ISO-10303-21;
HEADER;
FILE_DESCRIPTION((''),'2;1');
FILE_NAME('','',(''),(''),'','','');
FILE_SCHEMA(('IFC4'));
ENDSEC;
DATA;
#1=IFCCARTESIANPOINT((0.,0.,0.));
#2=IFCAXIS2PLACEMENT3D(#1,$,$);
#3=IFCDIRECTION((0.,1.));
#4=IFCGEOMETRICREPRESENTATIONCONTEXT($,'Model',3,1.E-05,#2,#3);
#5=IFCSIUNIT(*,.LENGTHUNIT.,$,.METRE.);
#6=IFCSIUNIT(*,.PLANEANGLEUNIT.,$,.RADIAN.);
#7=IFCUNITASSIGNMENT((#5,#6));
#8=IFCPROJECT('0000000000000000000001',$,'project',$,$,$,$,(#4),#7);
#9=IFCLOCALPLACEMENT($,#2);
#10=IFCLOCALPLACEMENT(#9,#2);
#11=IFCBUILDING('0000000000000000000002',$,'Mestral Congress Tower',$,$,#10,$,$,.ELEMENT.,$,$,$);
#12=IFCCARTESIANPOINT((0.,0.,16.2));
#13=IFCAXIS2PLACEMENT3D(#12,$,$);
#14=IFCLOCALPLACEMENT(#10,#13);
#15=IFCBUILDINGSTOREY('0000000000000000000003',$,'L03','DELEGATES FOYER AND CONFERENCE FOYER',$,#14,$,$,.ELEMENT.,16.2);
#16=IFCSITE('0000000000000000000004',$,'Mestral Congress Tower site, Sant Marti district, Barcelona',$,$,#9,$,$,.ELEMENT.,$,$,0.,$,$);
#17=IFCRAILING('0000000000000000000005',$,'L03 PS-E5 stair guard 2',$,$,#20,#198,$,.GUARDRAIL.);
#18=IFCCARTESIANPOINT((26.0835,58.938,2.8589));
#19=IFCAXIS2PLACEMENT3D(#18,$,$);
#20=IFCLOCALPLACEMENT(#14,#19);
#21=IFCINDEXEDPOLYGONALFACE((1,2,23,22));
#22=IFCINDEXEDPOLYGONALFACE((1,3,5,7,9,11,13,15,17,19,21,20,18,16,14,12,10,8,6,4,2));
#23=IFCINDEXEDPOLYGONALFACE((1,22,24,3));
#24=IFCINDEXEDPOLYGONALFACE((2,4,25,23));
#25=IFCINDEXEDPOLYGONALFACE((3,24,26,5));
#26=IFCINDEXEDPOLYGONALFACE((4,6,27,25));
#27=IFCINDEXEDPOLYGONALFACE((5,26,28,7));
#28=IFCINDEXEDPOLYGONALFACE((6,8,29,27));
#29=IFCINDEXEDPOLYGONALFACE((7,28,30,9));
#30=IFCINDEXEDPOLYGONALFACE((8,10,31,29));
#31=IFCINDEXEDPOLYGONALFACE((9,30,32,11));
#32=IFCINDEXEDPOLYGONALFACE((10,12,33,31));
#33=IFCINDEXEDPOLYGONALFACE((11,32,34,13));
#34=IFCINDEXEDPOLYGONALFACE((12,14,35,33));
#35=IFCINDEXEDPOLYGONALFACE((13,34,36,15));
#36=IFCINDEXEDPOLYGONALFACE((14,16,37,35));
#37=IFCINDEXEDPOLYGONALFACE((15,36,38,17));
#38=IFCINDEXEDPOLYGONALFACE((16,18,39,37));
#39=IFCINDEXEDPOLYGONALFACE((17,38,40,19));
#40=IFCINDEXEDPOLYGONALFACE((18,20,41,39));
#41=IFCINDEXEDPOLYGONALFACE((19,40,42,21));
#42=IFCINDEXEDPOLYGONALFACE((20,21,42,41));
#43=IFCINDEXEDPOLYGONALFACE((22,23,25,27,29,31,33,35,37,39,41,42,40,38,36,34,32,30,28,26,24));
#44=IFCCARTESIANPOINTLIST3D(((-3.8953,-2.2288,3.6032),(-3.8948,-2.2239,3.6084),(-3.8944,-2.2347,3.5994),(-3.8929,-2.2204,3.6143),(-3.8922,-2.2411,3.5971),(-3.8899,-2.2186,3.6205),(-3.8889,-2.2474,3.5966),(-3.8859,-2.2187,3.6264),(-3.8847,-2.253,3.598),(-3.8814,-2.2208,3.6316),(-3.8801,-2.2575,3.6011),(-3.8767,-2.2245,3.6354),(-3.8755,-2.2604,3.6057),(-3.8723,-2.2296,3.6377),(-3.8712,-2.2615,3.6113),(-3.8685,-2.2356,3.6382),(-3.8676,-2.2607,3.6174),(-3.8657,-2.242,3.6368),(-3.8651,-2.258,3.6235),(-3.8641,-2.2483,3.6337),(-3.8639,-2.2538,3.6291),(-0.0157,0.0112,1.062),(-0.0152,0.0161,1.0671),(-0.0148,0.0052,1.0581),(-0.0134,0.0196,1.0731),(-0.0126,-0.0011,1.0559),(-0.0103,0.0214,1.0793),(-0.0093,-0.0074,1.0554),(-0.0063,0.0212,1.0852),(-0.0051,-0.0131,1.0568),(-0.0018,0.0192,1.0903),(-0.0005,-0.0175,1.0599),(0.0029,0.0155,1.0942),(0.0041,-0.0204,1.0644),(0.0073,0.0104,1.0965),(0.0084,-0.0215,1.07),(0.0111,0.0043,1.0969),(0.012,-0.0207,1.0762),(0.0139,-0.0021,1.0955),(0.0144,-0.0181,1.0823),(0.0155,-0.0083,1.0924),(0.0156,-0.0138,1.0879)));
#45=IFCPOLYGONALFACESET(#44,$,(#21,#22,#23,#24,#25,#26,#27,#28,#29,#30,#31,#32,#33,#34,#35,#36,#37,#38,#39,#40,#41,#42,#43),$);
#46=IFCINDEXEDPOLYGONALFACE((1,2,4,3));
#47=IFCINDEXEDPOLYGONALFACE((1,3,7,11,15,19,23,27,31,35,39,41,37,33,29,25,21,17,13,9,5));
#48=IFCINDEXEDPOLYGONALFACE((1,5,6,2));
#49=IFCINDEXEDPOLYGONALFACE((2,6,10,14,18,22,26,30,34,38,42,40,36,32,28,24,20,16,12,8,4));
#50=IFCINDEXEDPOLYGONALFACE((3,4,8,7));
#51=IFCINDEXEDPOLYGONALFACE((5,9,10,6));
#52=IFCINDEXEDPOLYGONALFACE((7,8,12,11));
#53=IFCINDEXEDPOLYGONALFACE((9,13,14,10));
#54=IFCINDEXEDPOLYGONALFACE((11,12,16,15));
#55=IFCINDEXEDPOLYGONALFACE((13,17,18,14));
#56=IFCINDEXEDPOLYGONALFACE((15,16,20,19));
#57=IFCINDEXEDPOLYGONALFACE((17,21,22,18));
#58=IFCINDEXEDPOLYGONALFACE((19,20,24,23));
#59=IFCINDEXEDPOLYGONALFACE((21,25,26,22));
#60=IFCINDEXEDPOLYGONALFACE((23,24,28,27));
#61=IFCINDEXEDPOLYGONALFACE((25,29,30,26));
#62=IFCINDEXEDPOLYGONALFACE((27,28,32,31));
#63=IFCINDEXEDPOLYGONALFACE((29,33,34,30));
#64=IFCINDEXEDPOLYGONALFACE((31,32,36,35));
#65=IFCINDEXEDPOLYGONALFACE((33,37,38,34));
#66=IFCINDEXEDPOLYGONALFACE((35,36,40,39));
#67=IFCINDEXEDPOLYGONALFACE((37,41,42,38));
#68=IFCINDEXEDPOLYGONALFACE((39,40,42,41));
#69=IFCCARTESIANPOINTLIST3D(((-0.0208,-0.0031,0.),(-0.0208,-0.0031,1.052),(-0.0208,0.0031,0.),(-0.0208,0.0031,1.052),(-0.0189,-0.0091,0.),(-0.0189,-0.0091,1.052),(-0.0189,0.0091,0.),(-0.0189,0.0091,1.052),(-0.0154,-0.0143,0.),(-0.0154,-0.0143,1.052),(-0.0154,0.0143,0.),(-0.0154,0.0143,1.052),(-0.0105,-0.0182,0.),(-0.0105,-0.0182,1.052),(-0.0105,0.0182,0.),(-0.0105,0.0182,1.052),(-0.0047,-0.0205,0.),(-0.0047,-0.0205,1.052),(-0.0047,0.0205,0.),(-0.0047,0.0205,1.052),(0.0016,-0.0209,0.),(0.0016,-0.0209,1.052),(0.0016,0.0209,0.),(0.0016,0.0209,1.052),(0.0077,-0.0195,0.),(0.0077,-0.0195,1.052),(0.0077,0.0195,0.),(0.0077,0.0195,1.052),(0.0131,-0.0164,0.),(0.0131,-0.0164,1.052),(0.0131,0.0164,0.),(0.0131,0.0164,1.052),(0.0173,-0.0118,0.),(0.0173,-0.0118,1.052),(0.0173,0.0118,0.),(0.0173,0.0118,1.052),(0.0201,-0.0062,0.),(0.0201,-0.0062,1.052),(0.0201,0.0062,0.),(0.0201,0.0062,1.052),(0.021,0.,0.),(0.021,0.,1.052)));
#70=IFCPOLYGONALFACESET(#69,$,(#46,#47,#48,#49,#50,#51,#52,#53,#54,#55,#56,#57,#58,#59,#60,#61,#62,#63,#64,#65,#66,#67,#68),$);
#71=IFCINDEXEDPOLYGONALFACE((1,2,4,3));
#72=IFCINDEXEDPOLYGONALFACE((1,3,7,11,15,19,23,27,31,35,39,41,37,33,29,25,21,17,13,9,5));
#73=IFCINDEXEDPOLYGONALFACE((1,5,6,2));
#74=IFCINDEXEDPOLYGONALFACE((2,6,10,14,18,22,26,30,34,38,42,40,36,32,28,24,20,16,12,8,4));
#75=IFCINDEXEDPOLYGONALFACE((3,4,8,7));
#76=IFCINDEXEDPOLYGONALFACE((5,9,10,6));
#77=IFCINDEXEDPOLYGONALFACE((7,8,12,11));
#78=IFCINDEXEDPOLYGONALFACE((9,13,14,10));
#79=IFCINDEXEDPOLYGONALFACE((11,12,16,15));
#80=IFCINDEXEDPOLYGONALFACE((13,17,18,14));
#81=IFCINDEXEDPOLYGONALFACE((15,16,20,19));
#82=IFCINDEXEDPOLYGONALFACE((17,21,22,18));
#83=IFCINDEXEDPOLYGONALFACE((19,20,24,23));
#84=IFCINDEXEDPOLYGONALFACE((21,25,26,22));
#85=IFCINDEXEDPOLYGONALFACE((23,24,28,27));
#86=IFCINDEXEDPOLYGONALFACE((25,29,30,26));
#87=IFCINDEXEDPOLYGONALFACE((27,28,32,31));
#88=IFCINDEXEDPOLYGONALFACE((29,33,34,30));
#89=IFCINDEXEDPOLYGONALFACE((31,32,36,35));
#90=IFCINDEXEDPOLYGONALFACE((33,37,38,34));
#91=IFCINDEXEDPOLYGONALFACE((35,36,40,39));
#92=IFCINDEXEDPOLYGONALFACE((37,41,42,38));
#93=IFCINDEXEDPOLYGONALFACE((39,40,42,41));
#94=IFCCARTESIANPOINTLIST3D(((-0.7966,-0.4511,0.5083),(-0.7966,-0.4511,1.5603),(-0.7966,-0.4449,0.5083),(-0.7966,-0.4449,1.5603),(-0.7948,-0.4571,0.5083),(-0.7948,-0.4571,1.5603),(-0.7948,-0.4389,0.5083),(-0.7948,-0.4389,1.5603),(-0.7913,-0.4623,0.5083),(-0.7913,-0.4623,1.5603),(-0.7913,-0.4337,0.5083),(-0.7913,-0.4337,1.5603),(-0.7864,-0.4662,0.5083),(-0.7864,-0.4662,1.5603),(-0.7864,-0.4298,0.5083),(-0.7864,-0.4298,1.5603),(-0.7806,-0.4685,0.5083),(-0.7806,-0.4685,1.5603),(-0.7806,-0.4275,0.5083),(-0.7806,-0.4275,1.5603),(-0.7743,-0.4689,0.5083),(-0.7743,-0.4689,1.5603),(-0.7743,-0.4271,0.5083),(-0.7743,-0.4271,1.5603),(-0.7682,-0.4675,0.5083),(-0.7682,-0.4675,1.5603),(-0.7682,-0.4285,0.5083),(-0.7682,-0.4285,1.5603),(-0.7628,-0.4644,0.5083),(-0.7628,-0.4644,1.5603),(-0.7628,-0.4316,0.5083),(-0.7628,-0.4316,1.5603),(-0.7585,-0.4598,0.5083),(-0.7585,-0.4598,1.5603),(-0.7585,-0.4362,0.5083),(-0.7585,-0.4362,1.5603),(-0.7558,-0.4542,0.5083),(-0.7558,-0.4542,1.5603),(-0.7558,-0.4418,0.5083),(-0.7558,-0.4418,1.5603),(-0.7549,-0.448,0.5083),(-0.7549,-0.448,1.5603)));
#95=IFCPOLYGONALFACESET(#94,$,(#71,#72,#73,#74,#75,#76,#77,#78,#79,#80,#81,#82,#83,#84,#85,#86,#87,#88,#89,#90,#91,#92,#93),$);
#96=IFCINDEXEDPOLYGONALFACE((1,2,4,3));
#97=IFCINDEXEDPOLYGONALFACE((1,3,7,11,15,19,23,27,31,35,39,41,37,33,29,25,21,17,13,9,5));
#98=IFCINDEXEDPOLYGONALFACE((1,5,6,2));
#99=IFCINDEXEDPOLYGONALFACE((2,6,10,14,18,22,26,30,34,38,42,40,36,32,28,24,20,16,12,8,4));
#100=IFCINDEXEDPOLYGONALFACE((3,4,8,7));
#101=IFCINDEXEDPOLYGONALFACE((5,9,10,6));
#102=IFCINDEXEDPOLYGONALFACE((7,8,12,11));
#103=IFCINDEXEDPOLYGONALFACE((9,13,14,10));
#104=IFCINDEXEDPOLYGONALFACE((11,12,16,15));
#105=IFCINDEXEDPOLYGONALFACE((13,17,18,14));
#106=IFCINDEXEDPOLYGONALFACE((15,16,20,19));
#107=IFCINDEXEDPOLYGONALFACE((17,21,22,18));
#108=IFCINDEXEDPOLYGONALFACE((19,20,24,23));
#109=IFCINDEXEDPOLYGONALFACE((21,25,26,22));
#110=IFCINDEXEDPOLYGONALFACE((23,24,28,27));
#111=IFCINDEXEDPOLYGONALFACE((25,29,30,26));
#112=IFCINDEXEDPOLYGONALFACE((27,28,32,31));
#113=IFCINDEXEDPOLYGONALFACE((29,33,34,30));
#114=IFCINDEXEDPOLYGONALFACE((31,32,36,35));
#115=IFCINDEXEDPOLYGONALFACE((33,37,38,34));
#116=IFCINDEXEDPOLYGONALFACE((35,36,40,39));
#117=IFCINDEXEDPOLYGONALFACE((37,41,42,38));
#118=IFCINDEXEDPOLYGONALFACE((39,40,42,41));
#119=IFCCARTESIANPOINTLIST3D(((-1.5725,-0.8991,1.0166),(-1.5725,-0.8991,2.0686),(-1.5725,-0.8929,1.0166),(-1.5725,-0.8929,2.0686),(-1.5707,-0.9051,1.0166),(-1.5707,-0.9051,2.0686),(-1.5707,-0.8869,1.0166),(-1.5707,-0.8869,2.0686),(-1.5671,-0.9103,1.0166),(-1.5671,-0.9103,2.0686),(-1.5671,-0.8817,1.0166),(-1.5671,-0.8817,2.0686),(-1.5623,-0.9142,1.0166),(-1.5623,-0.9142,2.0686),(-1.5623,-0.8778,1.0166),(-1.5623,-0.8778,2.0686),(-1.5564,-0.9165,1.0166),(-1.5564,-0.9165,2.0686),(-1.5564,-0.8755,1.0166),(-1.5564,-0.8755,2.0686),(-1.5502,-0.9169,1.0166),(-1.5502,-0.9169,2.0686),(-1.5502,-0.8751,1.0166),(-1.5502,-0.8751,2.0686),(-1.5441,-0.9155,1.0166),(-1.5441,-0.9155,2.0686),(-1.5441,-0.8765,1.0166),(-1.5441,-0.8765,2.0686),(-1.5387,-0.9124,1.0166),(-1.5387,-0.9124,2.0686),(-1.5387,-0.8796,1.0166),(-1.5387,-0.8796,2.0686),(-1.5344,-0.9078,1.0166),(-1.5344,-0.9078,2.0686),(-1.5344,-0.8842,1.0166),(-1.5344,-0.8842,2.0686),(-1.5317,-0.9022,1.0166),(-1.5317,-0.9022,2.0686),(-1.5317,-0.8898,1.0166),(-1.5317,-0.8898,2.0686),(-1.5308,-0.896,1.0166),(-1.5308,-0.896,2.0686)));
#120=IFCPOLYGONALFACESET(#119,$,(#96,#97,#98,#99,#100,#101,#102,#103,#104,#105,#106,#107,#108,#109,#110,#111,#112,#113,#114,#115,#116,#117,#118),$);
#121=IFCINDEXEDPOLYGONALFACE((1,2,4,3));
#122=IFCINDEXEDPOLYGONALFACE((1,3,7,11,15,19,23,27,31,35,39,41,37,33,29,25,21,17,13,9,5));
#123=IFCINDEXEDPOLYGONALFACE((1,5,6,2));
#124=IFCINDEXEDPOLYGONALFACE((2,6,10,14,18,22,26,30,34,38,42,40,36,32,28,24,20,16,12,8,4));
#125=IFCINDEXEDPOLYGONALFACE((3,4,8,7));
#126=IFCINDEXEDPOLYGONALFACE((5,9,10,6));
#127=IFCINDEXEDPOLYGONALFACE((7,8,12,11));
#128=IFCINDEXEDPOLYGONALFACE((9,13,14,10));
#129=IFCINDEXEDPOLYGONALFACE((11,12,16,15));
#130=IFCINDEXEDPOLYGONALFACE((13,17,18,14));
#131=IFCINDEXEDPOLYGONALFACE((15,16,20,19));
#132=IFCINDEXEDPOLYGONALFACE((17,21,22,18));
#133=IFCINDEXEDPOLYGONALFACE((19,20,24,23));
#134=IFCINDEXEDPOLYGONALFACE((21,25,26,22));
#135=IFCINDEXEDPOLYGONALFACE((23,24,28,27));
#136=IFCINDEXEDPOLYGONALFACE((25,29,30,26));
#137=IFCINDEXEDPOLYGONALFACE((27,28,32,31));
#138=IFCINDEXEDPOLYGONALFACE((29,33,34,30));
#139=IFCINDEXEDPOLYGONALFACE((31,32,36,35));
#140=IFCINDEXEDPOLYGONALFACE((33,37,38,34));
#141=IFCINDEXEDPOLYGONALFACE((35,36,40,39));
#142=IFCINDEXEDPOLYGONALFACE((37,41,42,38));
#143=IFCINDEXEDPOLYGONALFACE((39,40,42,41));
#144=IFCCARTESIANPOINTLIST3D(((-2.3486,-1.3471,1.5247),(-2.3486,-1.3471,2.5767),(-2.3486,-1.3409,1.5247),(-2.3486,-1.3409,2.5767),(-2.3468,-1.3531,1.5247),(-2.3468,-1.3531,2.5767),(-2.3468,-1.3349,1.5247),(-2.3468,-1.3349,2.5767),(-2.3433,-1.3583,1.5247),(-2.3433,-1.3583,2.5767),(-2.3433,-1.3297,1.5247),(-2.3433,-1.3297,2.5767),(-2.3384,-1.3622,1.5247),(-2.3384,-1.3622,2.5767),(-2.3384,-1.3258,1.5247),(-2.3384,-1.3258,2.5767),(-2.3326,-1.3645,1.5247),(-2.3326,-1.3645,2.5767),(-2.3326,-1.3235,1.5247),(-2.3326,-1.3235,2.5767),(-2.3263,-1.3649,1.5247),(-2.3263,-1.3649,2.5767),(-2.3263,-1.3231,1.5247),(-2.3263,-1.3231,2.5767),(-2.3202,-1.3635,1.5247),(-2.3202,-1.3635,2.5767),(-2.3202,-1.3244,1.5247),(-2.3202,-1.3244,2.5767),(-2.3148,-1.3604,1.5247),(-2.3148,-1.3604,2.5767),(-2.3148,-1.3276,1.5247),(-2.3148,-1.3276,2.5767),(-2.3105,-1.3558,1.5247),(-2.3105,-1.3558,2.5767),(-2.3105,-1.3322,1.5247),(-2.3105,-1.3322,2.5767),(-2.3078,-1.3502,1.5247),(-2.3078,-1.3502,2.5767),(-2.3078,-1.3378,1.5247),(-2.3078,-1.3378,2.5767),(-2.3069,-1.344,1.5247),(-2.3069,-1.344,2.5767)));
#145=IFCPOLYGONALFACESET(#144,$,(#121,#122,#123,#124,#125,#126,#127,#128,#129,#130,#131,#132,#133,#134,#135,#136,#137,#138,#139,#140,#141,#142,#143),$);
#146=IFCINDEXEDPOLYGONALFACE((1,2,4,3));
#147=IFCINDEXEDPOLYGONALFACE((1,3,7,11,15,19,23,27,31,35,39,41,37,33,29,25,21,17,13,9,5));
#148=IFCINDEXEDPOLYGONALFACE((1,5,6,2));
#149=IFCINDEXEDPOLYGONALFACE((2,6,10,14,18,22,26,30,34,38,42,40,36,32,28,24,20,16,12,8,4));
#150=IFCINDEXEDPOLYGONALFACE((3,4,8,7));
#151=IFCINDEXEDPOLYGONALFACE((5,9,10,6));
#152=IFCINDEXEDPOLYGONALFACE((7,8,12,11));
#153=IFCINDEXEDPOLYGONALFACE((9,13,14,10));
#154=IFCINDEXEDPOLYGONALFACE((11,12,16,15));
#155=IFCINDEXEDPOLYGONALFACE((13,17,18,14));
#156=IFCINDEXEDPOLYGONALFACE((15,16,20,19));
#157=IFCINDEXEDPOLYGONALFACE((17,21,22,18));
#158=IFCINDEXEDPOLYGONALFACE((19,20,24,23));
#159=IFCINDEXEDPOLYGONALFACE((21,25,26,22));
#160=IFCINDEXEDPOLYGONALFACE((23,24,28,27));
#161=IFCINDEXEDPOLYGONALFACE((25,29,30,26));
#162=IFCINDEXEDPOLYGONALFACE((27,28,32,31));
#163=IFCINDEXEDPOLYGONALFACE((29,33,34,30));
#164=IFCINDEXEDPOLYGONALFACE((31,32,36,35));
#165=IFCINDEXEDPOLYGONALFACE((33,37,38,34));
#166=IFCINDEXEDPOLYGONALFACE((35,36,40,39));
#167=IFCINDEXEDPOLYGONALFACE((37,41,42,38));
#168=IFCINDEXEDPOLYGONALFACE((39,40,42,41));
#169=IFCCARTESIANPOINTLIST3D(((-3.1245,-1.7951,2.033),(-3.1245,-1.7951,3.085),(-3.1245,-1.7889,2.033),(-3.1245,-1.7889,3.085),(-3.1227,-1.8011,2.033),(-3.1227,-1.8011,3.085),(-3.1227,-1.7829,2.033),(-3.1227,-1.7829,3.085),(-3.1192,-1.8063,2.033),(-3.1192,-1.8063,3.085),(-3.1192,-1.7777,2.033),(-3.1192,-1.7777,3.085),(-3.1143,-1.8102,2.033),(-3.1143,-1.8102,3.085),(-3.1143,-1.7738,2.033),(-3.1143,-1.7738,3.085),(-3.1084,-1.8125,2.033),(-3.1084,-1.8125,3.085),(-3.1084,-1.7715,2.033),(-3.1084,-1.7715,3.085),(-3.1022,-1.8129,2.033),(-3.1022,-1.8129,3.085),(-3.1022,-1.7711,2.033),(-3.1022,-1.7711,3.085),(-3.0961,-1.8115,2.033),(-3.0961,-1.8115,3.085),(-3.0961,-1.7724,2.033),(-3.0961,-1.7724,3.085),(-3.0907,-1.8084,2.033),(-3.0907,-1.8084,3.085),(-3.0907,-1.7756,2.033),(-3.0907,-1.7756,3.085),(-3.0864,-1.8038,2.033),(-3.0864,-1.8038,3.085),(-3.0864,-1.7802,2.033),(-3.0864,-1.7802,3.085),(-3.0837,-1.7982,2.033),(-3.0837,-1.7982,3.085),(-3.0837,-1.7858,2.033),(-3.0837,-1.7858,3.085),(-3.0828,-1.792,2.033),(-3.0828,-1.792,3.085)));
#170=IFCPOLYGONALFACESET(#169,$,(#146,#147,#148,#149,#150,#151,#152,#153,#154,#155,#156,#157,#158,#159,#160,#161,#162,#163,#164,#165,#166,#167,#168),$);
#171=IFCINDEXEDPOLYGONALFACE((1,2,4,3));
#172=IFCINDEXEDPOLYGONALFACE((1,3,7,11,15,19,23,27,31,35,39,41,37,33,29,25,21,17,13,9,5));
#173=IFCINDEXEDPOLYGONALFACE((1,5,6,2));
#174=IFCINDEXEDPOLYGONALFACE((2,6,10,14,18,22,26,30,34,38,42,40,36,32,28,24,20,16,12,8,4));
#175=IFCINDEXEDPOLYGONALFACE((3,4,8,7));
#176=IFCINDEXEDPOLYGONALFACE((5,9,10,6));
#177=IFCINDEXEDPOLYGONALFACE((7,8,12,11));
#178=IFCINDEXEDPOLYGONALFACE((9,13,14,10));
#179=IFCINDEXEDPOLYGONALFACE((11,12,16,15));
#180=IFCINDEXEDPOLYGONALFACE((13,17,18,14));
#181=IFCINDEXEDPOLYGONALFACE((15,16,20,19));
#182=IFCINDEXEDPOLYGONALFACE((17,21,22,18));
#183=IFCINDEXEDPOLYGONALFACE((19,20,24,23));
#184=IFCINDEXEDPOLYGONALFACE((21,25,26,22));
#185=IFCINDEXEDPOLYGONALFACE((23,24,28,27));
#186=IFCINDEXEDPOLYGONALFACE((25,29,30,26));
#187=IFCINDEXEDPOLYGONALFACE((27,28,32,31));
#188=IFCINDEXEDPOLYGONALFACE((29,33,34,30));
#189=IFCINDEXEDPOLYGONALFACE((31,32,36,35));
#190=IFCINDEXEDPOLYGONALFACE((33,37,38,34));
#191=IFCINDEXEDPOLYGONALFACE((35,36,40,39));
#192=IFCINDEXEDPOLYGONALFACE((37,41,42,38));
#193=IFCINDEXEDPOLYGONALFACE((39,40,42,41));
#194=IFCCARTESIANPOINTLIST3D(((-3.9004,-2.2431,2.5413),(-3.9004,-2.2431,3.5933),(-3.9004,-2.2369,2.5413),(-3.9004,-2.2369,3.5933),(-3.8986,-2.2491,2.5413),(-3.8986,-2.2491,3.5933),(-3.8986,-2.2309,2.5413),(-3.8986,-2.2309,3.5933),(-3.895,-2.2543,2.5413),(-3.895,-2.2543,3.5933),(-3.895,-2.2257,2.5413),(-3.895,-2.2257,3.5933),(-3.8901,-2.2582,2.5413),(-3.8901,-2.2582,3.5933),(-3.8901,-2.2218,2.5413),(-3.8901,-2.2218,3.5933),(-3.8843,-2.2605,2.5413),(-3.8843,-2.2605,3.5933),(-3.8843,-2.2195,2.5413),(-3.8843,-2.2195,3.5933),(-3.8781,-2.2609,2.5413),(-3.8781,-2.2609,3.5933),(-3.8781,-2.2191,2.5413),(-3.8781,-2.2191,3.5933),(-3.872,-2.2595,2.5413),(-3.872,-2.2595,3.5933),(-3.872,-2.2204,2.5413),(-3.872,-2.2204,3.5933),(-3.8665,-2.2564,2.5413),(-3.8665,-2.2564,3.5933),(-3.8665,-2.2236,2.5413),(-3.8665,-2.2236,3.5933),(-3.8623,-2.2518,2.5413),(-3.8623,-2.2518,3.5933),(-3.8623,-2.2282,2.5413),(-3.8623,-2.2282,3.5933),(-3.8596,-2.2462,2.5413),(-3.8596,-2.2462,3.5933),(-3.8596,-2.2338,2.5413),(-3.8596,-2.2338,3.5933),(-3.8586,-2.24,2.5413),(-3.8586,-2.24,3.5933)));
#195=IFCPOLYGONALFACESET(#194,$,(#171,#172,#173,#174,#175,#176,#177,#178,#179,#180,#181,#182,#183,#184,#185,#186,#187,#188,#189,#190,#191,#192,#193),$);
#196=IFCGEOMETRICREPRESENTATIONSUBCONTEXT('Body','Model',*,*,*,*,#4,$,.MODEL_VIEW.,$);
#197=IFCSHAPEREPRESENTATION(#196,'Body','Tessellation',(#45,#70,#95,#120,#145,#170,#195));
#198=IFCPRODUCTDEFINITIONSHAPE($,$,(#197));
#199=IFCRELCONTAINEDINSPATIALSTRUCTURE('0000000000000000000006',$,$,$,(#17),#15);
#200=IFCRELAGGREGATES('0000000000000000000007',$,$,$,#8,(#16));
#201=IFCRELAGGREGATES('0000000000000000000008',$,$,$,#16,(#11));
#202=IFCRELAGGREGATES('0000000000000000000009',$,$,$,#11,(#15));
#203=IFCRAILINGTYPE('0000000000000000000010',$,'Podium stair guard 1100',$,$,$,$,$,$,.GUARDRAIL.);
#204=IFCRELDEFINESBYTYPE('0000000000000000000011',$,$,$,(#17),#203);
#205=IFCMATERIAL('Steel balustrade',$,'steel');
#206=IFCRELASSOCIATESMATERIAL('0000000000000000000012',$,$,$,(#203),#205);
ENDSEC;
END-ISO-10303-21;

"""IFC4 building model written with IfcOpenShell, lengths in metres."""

from ifc_helpers import new_model, si_unit, direction, frame, origin, origin_2d, place, context, subcontext, project, spatial, circle, extrude, material, type_object, element, save


model = new_model("IFC4")

# Units and contexts
model_context = context("Model", 3, precision=1e-05, world=origin(), true_north=direction((0.0, 1.0)))
body_context = subcontext(model_context, "Body", "Model", "MODEL_VIEW")
ifc_project = project(units=[si_unit("LENGTHUNIT", "METRE"), si_unit("PLANEANGLEUNIT", "RADIAN")], contexts=[model_context])

# Site, building, storey
site_placement = place(None, origin())
site = spatial("IfcSite", under=ifc_project, at=site_placement, Name="Mestral Congress Tower site, Sant Marti district, Barcelona", CompositionType="ELEMENT", RefElevation=0.0)
building_placement = place(site_placement, origin())
building = spatial("IfcBuilding", under=site, at=building_placement, Name="Mestral Congress Tower", CompositionType="ELEMENT")
storey_placement = place(building_placement, frame((0.0, 0.0, 16.2)))
storey = spatial("IfcBuildingStorey", under=building, at=storey_placement, Name="L03", Description="DELEGATES FOYER AND CONFERENCE FOYER", CompositionType="ELEMENT", Elevation=16.2)

# Railing
ifc_material_1 = material(Name="Steel balustrade", Category="steel")
railing_type_1 = type_object("IfcRailingType", Name="Podium stair guard 1100", PredefinedType="GUARDRAIL", material=ifc_material_1)
railing_1_placement = place(storey_placement, frame((26.0835, 58.938, 2.8589)))
element("IfcRailing", 1, at=railing_1_placement, inside=storey, type_object=railing_type_1, Name="L03 PS-E5 stair guard 2", PredefinedType="GUARDRAIL", context=body_context, shape_type="SweptSolid", body=[
    extrude(circle(Radius=0.0239, at=origin_2d()), frame((0.0, 0.0, 1.0762), z_axis=(-0.753262, -0.434911, 0.493405), x_axis=(0.500013, -0.866018, 0.0)), (0.0, 0.0, 1.0), 5.1504),
    extrude(circle(Radius=0.021, at=origin_2d()), origin(), (0.0, 0.0, 1.0), 1.052),
    extrude(circle(Radius=0.021, at=origin_2d()), frame((-0.7759, -0.448, 0.5083)), (0.0, 0.0, 1.0), 1.052),
    extrude(circle(Radius=0.021, at=origin_2d()), frame((-1.5518, -0.896, 1.0166)), (0.0, 0.0, 1.0), 1.052),
    extrude(circle(Radius=0.021, at=origin_2d()), frame((-2.3279, -1.344, 1.5247)), (0.0, 0.0, 1.0), 1.052),
    extrude(circle(Radius=0.021, at=origin_2d()), frame((-3.1038, -1.792, 2.033)), (0.0, 0.0, 1.0), 1.052),
    extrude(circle(Radius=0.021, at=origin_2d()), frame((-3.8796, -2.24, 2.5413)), (0.0, 0.0, 1.0), 1.052),
])

save(model, "model.ifc")
